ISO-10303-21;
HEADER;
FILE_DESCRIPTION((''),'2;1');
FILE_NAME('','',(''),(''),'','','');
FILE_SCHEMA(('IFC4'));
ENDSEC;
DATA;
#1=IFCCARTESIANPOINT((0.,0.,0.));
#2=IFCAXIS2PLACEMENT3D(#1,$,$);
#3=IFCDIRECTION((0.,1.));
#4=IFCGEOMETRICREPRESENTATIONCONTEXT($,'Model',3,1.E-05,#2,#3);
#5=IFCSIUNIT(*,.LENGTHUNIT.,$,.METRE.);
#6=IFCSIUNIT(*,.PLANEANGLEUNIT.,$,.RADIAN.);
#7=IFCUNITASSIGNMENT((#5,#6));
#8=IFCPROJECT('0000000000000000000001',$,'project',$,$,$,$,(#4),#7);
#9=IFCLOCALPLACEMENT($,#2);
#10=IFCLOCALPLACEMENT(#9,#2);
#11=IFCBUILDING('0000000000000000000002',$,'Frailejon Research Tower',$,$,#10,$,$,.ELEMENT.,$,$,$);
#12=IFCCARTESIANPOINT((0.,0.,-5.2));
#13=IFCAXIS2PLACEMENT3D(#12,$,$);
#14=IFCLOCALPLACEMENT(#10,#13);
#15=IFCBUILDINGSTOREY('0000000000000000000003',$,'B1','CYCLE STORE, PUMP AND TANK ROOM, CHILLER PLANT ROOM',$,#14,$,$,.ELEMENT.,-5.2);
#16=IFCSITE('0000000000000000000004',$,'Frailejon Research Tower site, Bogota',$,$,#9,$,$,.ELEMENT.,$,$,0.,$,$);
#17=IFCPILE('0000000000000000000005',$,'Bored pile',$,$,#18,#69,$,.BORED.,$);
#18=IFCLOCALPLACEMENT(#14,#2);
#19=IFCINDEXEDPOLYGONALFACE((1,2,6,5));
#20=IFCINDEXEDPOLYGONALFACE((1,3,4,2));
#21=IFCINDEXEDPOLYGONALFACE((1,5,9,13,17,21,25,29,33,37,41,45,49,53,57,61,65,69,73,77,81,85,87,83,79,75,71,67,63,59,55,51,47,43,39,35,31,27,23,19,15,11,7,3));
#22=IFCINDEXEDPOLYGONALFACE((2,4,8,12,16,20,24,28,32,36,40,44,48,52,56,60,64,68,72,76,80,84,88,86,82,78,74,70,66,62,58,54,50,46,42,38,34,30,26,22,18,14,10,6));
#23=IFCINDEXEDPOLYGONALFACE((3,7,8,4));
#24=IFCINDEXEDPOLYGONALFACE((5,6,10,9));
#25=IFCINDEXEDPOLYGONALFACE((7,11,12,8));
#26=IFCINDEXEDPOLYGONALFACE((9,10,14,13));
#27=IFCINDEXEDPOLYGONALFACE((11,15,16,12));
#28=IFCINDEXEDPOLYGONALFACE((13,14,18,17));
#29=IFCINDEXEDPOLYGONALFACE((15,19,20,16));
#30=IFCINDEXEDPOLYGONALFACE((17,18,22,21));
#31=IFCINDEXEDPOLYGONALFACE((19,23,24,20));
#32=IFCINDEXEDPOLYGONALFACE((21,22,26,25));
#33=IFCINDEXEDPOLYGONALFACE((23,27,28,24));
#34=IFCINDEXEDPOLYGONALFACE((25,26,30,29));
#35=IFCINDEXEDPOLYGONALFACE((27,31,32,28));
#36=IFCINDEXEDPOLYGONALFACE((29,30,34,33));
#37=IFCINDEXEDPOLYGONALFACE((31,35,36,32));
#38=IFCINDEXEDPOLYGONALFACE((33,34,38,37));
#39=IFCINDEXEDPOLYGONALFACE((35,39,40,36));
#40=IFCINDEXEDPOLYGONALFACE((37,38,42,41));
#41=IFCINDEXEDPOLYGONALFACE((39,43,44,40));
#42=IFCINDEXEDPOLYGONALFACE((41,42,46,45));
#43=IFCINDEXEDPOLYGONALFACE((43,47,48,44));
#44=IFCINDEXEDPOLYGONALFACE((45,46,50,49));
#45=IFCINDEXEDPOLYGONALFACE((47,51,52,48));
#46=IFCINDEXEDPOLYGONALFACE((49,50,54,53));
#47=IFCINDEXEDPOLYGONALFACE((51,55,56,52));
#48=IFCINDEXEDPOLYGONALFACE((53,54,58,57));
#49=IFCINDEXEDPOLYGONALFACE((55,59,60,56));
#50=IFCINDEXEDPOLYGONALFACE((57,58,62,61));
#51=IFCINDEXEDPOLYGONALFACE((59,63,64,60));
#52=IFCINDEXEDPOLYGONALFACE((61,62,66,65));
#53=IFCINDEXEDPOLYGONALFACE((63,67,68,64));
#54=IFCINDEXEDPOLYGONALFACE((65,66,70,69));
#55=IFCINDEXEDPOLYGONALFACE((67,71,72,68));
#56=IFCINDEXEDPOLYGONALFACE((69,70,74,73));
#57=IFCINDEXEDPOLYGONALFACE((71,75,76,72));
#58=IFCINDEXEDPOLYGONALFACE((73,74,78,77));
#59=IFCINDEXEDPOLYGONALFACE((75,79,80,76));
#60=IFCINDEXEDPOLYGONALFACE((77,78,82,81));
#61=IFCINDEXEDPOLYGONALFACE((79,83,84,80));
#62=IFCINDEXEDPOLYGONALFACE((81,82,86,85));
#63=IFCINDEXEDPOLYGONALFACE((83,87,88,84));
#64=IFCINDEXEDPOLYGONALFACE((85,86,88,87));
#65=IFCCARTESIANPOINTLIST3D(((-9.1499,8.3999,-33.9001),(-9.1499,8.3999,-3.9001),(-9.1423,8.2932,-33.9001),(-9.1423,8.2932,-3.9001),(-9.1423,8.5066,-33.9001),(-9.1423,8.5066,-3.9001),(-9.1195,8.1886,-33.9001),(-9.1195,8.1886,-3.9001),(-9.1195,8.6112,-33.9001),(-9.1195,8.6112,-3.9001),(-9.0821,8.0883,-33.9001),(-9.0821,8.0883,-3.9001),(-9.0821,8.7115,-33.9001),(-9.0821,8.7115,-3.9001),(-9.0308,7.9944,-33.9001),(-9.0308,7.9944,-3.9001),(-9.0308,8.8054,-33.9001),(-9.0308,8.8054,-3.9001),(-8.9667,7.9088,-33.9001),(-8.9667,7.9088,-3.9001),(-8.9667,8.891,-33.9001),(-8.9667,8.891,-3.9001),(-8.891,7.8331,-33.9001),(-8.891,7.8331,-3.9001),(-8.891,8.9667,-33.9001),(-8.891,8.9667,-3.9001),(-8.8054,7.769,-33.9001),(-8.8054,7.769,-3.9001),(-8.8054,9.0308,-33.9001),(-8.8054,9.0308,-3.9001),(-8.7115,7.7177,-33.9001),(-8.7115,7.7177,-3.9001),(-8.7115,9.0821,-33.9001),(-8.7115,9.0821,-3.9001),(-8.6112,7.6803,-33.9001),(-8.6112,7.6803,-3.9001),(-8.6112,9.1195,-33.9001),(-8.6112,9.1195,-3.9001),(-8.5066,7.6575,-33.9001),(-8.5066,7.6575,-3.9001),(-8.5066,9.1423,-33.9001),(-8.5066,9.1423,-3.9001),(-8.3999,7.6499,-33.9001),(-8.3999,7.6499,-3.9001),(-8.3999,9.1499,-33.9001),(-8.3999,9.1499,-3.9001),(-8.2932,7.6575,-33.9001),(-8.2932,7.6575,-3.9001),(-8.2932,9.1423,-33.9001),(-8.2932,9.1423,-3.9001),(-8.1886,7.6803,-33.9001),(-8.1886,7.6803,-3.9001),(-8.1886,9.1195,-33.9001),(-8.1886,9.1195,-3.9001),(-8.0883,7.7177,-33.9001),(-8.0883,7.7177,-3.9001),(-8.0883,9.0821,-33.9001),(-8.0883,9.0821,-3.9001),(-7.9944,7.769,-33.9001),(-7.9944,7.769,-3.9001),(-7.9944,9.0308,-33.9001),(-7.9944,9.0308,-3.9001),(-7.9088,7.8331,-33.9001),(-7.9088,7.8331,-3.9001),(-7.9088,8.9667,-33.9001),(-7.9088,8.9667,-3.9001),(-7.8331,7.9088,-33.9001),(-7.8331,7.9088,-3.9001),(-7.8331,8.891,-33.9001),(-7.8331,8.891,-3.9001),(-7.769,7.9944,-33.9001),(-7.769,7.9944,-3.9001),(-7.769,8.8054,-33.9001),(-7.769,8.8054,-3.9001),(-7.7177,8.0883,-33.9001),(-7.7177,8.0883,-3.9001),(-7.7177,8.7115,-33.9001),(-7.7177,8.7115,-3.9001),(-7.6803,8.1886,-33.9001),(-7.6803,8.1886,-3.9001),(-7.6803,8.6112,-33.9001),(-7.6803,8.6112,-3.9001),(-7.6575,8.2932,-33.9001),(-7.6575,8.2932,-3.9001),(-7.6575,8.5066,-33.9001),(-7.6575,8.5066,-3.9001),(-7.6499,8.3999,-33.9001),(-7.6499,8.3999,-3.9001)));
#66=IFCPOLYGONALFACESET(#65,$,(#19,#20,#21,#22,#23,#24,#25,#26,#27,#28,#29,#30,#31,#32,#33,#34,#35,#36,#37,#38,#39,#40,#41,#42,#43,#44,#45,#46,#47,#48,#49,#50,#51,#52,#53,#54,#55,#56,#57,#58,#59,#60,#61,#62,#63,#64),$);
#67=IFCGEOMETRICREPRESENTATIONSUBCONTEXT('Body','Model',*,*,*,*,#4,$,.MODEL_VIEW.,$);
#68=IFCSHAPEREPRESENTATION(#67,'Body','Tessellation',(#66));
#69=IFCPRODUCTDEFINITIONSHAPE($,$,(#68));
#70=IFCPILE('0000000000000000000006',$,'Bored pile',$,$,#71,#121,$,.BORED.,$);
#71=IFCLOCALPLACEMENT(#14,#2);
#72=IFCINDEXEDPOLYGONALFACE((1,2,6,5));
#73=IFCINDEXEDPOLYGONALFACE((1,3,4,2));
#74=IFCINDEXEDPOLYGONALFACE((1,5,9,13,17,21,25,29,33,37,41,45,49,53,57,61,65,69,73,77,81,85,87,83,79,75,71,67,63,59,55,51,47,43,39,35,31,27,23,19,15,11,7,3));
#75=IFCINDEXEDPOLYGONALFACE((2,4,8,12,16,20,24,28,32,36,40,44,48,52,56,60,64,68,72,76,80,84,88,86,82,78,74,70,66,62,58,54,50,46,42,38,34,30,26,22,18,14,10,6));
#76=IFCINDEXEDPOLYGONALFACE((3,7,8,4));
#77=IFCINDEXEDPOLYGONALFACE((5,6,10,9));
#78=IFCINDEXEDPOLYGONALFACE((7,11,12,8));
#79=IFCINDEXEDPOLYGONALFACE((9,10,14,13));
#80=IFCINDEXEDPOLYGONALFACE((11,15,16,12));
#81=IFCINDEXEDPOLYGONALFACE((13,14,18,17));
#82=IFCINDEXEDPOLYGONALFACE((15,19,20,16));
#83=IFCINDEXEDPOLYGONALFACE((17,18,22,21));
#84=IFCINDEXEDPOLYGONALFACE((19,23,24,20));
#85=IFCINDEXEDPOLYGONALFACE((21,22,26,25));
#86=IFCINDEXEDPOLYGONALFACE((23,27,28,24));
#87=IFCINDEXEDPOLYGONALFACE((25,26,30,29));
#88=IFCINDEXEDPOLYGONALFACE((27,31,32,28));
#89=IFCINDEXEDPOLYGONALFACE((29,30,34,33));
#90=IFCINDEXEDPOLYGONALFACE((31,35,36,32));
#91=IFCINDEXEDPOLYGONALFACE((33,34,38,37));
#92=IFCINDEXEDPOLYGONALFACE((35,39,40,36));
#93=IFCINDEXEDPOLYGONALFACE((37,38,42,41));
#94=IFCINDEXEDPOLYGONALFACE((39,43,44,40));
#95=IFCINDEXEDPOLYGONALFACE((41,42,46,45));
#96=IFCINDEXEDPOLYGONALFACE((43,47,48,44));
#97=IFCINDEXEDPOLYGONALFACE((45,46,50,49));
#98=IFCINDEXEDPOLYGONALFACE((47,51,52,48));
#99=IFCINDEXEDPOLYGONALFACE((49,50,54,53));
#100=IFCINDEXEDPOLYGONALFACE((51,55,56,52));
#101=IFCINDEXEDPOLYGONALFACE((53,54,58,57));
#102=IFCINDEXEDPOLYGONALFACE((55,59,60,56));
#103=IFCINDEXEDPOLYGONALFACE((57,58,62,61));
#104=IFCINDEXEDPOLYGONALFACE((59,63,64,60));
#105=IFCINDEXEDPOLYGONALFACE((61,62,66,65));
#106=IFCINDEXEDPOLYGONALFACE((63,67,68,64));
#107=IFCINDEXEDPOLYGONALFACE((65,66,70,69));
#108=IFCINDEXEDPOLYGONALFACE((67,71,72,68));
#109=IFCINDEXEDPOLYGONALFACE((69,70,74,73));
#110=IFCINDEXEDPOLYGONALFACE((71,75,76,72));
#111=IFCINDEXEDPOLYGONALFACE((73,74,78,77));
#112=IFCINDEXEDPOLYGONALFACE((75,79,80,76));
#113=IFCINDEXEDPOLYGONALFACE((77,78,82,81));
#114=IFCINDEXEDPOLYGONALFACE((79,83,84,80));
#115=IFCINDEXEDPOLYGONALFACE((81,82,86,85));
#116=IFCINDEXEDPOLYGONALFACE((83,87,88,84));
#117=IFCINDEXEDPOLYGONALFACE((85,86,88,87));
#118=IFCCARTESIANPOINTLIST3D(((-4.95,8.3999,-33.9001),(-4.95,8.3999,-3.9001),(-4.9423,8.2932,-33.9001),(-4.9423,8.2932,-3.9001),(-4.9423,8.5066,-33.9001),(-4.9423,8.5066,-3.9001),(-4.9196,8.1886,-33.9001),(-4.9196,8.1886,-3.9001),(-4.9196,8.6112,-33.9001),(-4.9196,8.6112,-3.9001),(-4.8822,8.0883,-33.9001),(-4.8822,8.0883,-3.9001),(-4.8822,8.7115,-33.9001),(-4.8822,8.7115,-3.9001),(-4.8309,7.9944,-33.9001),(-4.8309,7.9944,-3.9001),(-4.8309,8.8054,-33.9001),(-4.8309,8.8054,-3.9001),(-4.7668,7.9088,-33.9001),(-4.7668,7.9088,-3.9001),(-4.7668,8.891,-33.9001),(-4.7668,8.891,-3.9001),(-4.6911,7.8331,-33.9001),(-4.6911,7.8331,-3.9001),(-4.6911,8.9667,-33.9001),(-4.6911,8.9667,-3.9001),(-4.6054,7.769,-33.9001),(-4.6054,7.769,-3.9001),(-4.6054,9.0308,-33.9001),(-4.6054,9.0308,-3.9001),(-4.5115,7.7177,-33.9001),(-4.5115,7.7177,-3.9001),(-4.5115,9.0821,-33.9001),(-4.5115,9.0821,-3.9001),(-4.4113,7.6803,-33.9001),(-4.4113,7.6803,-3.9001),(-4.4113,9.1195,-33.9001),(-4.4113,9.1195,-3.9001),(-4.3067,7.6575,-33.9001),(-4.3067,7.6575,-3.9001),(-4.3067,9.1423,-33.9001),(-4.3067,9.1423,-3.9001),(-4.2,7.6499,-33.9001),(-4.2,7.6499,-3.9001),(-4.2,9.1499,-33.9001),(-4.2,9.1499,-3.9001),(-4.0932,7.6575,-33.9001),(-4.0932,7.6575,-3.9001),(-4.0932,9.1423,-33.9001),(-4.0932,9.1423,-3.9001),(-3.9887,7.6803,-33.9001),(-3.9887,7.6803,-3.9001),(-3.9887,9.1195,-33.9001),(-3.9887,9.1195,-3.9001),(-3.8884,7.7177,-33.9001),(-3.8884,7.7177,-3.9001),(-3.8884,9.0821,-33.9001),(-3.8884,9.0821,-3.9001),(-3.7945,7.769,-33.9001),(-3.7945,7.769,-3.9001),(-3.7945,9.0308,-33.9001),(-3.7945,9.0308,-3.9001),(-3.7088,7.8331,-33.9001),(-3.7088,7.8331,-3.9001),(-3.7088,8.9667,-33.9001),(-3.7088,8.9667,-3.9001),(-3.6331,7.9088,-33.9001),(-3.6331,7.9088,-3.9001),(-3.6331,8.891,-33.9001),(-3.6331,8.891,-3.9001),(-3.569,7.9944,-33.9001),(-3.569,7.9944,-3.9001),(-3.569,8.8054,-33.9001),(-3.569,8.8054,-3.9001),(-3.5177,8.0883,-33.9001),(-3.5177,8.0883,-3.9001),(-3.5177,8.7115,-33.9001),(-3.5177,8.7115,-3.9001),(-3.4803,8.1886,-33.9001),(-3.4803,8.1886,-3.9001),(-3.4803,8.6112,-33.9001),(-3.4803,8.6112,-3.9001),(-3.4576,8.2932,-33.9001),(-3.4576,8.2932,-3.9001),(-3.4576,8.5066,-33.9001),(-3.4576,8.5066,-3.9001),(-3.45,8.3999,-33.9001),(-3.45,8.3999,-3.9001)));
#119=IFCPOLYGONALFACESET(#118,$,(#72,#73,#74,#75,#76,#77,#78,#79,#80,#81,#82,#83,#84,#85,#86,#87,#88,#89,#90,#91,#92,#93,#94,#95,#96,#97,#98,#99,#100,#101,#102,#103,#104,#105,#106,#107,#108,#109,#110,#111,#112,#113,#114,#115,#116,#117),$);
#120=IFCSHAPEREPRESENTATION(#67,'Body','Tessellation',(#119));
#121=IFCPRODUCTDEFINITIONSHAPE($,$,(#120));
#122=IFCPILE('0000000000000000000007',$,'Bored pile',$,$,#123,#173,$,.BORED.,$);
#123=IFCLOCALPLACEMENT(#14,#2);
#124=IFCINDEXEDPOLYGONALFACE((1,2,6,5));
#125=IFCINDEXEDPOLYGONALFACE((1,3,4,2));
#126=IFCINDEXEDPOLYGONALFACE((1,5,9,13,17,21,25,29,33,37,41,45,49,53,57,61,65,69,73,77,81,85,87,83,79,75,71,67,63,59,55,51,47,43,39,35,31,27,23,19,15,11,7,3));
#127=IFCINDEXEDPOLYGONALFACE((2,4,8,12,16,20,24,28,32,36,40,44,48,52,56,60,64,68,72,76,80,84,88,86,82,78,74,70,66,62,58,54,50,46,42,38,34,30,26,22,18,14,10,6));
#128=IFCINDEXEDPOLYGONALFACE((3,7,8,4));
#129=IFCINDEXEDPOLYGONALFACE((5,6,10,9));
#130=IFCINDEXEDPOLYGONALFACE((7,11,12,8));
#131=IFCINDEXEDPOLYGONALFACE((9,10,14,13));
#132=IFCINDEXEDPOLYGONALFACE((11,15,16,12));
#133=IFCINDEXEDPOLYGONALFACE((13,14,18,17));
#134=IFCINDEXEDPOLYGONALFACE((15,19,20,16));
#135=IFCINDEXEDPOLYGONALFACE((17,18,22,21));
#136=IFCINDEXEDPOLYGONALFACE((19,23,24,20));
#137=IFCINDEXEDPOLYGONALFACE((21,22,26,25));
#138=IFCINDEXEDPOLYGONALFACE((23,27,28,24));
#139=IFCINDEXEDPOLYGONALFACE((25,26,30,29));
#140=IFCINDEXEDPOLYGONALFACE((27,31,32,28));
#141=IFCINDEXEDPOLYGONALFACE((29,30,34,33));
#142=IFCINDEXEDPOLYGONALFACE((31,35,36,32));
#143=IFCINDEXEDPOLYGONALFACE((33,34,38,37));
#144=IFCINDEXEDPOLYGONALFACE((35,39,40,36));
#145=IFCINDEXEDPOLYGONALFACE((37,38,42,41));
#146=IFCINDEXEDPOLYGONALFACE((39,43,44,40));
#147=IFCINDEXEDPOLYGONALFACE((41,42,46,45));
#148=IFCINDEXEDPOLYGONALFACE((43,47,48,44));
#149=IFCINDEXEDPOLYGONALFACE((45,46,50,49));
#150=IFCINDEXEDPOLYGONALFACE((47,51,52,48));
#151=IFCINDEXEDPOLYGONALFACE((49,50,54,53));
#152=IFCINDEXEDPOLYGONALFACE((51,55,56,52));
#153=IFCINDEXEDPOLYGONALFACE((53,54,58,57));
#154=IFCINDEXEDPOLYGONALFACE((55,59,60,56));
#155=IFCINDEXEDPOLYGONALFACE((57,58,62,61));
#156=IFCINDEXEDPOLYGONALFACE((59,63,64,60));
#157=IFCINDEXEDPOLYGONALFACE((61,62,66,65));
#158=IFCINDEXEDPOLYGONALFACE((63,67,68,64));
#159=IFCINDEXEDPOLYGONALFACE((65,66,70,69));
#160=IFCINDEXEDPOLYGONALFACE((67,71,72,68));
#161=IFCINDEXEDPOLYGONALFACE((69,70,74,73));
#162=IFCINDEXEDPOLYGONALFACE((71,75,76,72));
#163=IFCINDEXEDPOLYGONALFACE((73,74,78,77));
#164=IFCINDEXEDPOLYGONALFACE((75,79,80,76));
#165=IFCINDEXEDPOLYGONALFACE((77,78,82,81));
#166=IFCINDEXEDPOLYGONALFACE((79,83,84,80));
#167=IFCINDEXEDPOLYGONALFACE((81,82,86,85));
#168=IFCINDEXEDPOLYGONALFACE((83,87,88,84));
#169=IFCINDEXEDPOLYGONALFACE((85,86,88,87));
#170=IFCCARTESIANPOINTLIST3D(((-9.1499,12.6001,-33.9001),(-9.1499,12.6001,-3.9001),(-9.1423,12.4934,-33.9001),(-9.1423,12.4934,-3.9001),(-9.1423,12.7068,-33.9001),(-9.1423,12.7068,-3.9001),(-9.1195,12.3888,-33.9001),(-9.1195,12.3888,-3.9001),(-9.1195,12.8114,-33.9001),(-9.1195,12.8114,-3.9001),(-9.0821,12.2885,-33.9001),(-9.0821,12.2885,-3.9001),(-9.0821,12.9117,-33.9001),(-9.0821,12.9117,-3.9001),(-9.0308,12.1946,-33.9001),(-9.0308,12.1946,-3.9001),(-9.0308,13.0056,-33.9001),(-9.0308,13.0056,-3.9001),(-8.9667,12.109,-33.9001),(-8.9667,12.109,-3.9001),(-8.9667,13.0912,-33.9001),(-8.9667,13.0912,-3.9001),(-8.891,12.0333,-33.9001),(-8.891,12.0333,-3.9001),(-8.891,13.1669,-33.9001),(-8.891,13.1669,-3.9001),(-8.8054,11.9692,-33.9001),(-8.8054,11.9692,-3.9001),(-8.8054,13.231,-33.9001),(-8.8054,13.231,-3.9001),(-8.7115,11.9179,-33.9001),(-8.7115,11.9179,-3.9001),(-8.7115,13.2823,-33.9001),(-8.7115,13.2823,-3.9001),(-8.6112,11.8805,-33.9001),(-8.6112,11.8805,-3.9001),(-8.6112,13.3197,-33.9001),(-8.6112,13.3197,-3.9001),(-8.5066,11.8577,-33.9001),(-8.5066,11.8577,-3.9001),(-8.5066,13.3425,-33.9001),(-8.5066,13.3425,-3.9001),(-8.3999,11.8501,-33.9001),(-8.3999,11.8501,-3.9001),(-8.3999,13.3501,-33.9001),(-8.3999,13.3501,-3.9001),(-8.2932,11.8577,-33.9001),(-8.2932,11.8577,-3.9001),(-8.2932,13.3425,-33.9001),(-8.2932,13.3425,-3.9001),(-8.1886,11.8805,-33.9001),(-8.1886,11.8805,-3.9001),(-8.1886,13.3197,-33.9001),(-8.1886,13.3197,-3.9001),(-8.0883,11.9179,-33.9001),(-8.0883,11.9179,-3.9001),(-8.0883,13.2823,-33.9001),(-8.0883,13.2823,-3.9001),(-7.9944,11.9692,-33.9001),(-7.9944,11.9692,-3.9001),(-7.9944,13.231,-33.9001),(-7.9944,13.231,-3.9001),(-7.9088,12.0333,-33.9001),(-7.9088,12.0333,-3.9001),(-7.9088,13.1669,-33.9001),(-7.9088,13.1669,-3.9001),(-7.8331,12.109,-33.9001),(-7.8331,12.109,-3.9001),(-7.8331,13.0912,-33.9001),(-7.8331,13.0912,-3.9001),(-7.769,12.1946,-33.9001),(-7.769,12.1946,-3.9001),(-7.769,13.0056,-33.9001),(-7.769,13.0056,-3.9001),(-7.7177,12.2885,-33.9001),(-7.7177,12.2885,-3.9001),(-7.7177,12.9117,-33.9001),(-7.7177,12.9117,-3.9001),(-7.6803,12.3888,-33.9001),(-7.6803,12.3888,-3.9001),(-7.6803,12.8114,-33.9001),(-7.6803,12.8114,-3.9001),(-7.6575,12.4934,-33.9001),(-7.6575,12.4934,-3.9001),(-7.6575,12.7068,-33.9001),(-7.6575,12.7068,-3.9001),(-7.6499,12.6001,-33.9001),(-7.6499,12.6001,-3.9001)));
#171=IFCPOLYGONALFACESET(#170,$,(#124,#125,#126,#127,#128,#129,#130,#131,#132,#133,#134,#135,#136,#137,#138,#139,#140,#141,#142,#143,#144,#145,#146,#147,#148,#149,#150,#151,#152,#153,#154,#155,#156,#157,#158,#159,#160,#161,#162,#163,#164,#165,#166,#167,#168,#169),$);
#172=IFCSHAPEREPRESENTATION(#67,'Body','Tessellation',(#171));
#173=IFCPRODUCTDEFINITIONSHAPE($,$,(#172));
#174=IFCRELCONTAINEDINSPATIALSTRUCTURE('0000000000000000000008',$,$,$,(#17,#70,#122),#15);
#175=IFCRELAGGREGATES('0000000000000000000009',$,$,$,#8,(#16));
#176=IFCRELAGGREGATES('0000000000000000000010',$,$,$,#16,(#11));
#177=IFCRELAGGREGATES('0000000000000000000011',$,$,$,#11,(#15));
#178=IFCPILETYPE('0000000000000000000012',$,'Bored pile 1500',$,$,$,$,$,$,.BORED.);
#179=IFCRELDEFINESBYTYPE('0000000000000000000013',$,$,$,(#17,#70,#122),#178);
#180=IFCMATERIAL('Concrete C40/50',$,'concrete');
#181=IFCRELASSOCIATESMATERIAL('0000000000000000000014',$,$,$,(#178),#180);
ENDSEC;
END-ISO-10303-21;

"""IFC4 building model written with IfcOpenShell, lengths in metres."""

from ifc_helpers import new_model, si_unit, direction, frame, origin, origin_2d, place, context, subcontext, project, spatial, circle, extrude, material, material_profile, profile_set, type_object, element, save


model = new_model("IFC4")

# Units and contexts
model_context = context("Model", 3, precision=1e-05, world=origin(), true_north=direction((0.0, 1.0)))
body_context = subcontext(model_context, "Body", "Model", "MODEL_VIEW")
ifc_project = project(units=[si_unit("LENGTHUNIT", "METRE"), si_unit("PLANEANGLEUNIT", "RADIAN")], contexts=[model_context])

# Site, building, storey
site_placement = place(None, origin())
site = spatial("IfcSite", under=ifc_project, at=site_placement, Name="Frailejon Research Tower site, Bogota", CompositionType="ELEMENT", RefElevation=0.0)
building_placement = place(site_placement, origin())
building = spatial("IfcBuilding", under=site, at=building_placement, Name="Frailejon Research Tower", CompositionType="ELEMENT")
storey_placement = place(building_placement, frame((0.0, 0.0, -5.2)))
storey = spatial("IfcBuildingStorey", under=building, at=storey_placement, Name="B1", Description="CYCLE STORE, PUMP AND TANK ROOM, CHILLER PLANT ROOM", CompositionType="ELEMENT", Elevation=-5.2)

# Piles
ifc_material_1 = material(Name="Concrete C40/50", Category="concrete")
ifc_material_profile_1 = material_profile(ifc_material_1, circle(Radius=0.75, at=origin_2d()), Name="Bored pile 1500")
ifc_profile_set_1 = profile_set([ifc_material_profile_1], Name="Concrete C40/50")
pile_type = type_object("IfcPileType", Name="Bored pile 1500", PredefinedType="BORED", material=ifc_profile_set_1)
for number, where, z_axis, x_axis, name in (
    (1, (-8.3999, 8.3999, -3.9001), (0.0, 0.0, -1.0), (1.0, 0.0, 0.0), "Bored pile"),
    (2, (-4.2, 8.3999, -3.9001), (0.0, 0.0, -1.0), (1.0, 0.0, 0.0), "Bored pile"),
    (3, (-8.3999, 12.6001, -3.9001), (0.0, 0.0, -1.0), (1.0, 0.0, 0.0), "Bored pile"),
):
    element("IfcPile", number, at=place(storey_placement, frame(where, z_axis=z_axis, x_axis=x_axis)), inside=storey, type_object=pile_type, Name=name, PredefinedType="BORED", context=body_context, shape_type="SweptSolid", body=[
        extrude(circle(Radius=0.75, at=origin_2d()), origin(), (0.0, 0.0, 1.0), 30.0),
    ])

save(model, "model.ifc")
